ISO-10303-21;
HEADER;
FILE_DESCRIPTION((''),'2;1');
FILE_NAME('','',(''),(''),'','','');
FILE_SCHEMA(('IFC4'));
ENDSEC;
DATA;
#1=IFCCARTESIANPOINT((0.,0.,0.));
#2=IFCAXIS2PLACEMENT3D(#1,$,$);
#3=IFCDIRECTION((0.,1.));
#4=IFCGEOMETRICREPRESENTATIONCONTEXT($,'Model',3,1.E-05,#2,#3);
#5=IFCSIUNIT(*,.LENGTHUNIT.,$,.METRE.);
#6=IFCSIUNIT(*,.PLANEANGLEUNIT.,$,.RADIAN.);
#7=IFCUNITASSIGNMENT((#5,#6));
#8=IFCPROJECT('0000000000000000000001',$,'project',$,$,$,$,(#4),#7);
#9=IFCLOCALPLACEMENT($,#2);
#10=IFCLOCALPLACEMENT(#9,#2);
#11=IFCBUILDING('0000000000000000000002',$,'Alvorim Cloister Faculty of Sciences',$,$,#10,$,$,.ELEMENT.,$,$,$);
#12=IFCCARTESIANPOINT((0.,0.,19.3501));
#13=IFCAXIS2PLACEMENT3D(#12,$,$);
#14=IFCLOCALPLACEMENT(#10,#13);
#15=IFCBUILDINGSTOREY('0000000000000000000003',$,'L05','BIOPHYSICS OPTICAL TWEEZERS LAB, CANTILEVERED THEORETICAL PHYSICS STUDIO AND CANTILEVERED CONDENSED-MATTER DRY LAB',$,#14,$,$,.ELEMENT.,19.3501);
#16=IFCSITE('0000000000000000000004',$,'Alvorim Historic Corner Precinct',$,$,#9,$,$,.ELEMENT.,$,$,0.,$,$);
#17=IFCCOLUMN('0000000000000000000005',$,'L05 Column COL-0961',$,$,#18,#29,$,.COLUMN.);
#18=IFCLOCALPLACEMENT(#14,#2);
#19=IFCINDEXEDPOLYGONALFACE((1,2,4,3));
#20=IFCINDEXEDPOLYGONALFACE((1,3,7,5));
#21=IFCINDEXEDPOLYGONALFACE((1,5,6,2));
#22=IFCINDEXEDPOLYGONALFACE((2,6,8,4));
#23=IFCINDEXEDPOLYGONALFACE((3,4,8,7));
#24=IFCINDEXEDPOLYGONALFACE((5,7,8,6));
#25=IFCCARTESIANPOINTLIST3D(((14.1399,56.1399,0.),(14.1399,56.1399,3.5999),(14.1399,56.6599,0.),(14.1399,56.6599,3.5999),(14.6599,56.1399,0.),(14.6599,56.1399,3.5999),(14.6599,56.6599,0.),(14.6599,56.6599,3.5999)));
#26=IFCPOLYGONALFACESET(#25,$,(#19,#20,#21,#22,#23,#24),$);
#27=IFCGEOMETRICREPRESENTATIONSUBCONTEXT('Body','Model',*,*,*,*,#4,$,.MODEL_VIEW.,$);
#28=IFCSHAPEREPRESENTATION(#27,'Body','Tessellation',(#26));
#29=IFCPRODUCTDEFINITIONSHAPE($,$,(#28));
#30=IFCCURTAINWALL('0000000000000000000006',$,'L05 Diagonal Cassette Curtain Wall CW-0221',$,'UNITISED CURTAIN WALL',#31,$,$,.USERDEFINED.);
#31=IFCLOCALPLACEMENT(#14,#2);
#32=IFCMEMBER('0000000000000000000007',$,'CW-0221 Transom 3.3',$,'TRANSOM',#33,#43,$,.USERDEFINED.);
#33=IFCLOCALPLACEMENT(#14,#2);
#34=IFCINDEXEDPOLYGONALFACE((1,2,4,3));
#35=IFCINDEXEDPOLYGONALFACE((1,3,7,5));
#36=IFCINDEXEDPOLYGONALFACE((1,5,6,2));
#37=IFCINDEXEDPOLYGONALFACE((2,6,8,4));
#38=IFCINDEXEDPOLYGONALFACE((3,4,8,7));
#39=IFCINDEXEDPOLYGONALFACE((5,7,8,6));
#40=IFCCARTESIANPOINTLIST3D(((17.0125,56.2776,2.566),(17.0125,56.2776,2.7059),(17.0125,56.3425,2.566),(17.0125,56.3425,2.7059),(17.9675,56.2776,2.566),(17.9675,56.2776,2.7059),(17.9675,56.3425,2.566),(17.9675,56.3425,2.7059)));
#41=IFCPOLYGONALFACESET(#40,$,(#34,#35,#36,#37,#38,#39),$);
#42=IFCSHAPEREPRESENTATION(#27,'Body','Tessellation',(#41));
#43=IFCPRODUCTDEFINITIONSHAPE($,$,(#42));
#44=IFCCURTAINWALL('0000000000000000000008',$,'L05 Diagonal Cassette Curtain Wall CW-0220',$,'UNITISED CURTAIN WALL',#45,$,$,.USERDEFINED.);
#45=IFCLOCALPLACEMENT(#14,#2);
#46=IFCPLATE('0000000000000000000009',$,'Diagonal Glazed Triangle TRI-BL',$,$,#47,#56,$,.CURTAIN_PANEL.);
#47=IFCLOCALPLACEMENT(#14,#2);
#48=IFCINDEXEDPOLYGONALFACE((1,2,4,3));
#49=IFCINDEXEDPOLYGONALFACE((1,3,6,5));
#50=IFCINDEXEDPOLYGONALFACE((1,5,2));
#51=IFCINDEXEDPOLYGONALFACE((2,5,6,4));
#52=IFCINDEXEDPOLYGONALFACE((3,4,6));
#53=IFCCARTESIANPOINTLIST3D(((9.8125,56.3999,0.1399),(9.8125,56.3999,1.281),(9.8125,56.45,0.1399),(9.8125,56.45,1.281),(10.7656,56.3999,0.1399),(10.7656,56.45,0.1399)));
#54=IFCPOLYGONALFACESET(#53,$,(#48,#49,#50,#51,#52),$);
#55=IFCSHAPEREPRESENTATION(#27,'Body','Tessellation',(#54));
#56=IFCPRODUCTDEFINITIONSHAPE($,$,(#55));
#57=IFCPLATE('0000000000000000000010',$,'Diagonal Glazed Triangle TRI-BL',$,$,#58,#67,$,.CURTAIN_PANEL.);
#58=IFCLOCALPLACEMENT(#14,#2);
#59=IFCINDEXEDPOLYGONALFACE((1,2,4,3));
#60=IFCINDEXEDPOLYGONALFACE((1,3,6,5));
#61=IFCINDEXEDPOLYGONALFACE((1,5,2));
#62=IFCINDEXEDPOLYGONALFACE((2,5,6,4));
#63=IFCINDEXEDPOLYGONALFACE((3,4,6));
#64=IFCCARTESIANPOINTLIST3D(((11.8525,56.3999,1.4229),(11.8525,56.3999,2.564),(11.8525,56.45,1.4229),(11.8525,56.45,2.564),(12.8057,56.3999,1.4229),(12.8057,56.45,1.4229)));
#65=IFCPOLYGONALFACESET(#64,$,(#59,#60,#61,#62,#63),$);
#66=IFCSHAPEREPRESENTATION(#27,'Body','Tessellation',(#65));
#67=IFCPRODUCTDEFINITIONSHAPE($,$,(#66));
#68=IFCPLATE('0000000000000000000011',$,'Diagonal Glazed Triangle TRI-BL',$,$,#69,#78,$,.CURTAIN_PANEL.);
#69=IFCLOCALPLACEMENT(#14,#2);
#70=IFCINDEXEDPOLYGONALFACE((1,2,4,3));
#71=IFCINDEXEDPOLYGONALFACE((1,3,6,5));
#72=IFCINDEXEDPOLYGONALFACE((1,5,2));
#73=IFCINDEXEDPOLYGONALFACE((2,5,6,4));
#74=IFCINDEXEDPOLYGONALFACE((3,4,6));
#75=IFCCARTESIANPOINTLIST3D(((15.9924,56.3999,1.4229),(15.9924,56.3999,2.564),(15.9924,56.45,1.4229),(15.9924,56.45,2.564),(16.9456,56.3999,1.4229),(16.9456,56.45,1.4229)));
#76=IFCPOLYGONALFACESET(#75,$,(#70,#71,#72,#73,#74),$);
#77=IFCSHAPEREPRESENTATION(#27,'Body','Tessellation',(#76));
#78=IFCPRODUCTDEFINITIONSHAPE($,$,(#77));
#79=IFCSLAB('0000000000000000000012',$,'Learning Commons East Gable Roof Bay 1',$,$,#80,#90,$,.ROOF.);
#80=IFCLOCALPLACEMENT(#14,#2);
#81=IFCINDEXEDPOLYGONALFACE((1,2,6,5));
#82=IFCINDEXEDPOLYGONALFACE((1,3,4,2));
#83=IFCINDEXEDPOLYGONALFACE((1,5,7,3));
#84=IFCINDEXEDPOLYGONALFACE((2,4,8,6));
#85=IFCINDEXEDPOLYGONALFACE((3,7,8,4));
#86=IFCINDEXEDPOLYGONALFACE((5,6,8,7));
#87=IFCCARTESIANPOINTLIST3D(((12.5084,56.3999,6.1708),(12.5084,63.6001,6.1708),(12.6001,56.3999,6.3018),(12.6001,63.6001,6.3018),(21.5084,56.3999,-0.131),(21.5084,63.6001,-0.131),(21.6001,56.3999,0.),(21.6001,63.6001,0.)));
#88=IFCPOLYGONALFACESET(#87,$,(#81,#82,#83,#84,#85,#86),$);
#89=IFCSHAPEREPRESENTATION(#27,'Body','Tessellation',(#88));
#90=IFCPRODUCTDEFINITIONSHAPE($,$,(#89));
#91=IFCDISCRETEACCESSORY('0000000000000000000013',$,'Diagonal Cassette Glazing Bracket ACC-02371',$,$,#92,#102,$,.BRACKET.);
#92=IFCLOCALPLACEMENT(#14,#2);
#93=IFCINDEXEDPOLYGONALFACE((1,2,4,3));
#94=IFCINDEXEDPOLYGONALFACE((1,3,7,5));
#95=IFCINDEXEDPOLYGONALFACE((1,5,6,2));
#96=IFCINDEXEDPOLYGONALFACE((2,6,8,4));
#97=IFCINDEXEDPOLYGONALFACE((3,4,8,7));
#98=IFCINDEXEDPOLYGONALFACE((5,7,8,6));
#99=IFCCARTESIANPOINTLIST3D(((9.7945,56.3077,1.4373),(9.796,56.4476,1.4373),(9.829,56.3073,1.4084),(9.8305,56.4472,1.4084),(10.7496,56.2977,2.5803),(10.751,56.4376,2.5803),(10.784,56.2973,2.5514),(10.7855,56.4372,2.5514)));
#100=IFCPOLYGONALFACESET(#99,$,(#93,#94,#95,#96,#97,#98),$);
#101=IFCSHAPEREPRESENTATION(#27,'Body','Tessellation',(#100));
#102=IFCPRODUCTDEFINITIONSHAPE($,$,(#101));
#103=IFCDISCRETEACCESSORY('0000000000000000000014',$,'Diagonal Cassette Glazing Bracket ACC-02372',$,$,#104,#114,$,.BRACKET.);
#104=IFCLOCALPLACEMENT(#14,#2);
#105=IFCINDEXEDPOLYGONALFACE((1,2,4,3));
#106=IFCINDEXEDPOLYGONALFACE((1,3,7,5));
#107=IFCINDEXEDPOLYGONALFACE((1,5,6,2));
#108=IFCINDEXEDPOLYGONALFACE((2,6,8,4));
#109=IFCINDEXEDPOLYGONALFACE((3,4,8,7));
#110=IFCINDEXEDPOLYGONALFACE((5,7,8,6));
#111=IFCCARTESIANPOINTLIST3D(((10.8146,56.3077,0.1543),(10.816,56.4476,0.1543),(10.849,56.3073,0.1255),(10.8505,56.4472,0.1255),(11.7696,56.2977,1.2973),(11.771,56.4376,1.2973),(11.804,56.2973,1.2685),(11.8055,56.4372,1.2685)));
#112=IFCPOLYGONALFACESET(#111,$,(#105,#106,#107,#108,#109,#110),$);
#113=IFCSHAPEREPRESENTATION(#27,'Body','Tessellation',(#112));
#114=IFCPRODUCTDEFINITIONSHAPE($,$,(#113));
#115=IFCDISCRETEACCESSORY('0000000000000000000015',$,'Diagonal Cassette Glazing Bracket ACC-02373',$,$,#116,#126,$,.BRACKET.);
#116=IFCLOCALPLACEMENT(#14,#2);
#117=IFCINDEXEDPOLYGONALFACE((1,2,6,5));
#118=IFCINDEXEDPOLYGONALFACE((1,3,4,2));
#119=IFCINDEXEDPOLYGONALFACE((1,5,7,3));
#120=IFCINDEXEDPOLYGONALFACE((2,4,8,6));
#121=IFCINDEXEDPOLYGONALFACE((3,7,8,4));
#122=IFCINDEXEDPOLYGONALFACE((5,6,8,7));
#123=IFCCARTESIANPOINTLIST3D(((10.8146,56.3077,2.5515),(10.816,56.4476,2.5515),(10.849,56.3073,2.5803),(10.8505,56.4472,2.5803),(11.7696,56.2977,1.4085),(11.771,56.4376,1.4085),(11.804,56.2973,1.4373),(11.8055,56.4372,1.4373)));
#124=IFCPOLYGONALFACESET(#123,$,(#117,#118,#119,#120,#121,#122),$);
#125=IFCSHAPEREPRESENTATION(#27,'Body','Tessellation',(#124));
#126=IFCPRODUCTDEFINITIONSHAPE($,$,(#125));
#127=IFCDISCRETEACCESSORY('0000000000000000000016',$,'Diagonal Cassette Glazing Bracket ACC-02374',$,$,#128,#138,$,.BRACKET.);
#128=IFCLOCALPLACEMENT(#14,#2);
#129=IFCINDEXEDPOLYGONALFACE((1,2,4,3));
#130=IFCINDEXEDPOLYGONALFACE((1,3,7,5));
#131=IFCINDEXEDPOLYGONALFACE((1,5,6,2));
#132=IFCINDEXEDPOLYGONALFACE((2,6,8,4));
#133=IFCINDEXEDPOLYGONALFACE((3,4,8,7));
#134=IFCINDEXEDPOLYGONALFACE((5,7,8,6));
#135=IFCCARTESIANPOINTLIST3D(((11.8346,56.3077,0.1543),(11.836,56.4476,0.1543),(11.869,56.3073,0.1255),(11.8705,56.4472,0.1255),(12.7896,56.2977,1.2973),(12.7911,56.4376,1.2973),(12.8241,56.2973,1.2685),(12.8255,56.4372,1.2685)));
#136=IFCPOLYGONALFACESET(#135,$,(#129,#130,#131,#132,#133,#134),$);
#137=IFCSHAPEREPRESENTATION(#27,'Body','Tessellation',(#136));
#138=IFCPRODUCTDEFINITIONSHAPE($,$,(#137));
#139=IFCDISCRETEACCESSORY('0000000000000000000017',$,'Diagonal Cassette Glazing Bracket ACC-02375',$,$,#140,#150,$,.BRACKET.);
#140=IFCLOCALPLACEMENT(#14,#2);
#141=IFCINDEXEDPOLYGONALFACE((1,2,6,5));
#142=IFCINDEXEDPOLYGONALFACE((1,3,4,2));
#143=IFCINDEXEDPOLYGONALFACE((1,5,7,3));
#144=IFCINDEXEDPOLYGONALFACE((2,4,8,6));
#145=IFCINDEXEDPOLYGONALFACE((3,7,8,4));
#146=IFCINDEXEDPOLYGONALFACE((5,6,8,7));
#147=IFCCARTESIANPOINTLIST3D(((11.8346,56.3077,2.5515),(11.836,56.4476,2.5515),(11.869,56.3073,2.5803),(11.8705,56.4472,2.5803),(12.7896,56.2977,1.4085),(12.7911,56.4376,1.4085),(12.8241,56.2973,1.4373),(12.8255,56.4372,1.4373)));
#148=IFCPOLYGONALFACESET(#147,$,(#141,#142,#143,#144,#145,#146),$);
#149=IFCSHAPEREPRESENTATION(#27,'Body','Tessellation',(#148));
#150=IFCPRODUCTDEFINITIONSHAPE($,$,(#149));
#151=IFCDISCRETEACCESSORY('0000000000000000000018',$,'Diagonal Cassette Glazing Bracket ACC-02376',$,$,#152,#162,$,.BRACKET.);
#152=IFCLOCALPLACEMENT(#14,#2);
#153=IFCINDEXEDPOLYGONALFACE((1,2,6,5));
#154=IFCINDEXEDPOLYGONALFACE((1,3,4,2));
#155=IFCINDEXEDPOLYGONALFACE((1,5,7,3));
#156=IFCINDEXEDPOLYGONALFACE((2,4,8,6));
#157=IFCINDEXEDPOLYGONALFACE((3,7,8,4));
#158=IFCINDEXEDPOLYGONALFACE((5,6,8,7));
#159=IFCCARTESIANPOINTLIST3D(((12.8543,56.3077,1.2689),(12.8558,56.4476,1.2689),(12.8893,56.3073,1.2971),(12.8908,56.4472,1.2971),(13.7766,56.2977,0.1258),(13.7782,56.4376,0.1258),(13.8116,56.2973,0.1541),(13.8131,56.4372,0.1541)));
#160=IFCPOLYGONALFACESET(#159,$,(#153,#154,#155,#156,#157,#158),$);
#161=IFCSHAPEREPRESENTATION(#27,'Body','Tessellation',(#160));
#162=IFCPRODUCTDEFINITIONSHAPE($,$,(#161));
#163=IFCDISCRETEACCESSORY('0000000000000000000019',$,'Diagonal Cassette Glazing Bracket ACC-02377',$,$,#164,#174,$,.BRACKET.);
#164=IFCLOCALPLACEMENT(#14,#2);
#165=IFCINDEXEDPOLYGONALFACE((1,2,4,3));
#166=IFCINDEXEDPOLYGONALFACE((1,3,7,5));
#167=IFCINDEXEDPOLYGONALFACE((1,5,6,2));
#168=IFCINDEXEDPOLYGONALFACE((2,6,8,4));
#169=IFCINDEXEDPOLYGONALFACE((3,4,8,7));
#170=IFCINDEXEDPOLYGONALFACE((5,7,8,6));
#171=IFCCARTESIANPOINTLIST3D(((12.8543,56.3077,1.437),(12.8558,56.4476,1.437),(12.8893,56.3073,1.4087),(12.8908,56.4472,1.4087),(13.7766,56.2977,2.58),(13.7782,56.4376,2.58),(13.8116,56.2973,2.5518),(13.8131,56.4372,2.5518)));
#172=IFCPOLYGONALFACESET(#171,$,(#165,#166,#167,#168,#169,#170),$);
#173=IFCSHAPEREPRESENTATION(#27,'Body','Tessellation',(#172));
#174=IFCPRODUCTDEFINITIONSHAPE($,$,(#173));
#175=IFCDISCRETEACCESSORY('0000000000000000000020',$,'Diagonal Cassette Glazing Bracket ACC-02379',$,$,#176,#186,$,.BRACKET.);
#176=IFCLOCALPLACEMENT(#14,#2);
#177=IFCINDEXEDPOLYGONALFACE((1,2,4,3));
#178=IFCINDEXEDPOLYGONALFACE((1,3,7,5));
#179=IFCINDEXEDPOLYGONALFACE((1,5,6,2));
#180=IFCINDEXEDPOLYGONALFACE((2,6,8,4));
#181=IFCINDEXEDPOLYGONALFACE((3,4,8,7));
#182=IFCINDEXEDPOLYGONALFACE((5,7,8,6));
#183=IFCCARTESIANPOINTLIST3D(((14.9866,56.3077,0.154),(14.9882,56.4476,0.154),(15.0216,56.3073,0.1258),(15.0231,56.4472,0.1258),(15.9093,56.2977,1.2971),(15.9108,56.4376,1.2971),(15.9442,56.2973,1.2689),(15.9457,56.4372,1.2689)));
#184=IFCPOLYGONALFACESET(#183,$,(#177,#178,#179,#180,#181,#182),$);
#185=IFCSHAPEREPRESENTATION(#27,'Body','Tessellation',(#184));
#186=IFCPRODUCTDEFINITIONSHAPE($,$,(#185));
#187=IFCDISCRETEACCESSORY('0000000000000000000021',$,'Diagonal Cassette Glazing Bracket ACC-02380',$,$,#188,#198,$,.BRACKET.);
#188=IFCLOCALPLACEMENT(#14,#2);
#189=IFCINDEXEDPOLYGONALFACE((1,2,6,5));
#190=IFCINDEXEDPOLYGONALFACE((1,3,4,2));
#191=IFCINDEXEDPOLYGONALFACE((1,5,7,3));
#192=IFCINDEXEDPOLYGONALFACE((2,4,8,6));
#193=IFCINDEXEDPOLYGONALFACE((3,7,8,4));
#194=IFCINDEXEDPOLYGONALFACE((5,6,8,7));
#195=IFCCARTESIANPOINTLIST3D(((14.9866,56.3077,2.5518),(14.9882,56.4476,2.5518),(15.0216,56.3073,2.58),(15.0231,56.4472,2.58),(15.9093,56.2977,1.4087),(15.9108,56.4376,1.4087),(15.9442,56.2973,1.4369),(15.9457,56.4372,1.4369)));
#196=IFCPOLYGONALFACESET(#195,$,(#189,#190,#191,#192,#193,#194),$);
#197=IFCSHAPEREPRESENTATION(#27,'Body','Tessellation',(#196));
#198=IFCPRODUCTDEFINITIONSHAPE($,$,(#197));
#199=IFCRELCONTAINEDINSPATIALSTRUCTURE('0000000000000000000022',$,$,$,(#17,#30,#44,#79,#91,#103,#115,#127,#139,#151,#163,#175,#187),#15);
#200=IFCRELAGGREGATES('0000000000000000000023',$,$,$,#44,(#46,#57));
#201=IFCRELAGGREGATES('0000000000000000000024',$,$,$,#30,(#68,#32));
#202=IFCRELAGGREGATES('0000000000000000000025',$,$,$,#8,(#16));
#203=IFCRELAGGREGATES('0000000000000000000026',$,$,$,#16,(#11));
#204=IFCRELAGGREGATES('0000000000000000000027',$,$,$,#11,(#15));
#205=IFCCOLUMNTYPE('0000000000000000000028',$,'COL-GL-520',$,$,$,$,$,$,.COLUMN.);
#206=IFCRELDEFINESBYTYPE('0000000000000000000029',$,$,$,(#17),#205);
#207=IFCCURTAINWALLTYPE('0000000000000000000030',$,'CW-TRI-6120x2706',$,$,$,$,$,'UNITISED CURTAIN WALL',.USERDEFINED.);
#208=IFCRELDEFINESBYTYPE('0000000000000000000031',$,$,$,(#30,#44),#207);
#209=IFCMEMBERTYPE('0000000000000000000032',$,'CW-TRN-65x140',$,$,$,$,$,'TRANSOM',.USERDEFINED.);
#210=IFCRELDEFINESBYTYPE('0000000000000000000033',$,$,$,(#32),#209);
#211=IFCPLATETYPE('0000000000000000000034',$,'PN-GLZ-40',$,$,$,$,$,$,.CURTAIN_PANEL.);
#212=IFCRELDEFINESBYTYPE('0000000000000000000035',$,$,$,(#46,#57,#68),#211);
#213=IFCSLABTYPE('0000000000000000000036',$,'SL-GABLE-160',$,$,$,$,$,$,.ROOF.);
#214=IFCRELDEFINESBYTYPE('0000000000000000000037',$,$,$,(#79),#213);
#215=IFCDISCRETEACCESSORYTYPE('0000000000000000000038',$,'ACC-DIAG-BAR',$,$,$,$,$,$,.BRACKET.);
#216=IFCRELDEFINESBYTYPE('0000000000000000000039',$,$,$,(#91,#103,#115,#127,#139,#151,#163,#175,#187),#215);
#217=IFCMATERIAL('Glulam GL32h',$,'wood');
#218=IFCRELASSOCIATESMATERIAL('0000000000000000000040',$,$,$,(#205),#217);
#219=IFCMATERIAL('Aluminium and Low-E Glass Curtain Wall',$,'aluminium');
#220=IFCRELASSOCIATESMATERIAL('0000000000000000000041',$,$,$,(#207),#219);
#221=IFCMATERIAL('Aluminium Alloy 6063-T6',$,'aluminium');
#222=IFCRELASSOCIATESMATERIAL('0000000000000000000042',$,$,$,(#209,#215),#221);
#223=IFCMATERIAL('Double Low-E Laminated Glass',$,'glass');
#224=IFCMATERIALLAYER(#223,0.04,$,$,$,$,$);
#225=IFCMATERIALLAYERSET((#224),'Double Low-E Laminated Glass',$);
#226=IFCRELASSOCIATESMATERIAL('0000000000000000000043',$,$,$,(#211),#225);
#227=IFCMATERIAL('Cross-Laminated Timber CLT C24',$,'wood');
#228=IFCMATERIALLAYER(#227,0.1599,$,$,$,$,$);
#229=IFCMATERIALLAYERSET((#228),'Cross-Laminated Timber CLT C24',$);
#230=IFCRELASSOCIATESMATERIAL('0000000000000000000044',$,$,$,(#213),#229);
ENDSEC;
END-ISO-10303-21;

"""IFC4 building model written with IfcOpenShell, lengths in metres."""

from ifc_helpers import new_model, si_unit, direction, frame, origin, origin_2d, place, context, subcontext, project, spatial, polyline, rectangle, outline, extrude, material, layer, layer_set, material_profile, profile_set, type_object, element, aggregate, save


model = new_model("IFC4")

# Units and contexts
model_context = context("Model", 3, precision=1e-05, world=origin(), true_north=direction((0.0, 1.0)))
body_context = subcontext(model_context, "Body", "Model", "MODEL_VIEW")
ifc_project = project(units=[si_unit("LENGTHUNIT", "METRE"), si_unit("PLANEANGLEUNIT", "RADIAN")], contexts=[model_context])

# Site, building, storey
site_placement = place(None, origin())
site = spatial("IfcSite", under=ifc_project, at=site_placement, Name="Alvorim Historic Corner Precinct", CompositionType="ELEMENT", RefElevation=0.0)
building_placement = place(site_placement, origin())
building = spatial("IfcBuilding", under=site, at=building_placement, Name="Alvorim Cloister Faculty of Sciences", CompositionType="ELEMENT")
storey_placement = place(building_placement, frame((0.0, 0.0, 19.3501)))
storey = spatial("IfcBuildingStorey", under=building, at=storey_placement, Name="L05", Description="BIOPHYSICS OPTICAL TWEEZERS LAB, CANTILEVERED THEORETICAL PHYSICS STUDIO AND CANTILEVERED CONDENSED-MATTER DRY LAB", CompositionType="ELEMENT", Elevation=19.3501)

# Column
ifc_material_1 = material(Name="Glulam GL32h", Category="wood")
ifc_material_profile_1 = material_profile(ifc_material_1, rectangle(XDim=0.52, YDim=0.52, at=origin_2d()), Name="GL32-COL-520x520")
ifc_profile_set_1 = profile_set([ifc_material_profile_1], Name="Glulam GL32h")
column_type = type_object("IfcColumnType", Name="COL-GL-520", PredefinedType="COLUMN", material=ifc_profile_set_1)
column_placement = place(storey_placement, frame((14.3999, 56.3999, 0.0), z_axis=(0.0, 0.0, 1.0), x_axis=(1.0, 0.0, 0.0)))
element("IfcColumn", 1, at=column_placement, inside=storey, type_object=column_type, Name="L05 Column COL-0961", PredefinedType="COLUMN", context=body_context, shape_type="SweptSolid", body=[
    extrude(rectangle(XDim=0.52, YDim=0.52, at=origin_2d()), origin(), (0.0, 0.0, 1.0), 3.5999),
])

# Curtain wall, member
ifc_material_2 = material(Name="Aluminium and Low-E Glass Curtain Wall", Category="aluminium")
curtain_wall_type = type_object("IfcCurtainWallType", Name="CW-TRI-6120x2706", ElementType="UNITISED CURTAIN WALL", PredefinedType="USERDEFINED", material=ifc_material_2)
curtain_wall_1_placement = place(storey_placement, origin())
curtain_wall_1 = element("IfcCurtainWall", 2, at=curtain_wall_1_placement, inside=storey, type_object=curtain_wall_type, Name="L05 Diagonal Cassette Curtain Wall CW-0221", ObjectType="UNITISED CURTAIN WALL", PredefinedType="USERDEFINED")
ifc_material_3 = material(Name="Aluminium Alloy 6063-T6", Category="aluminium")
ifc_material_profile_2 = material_profile(ifc_material_3, rectangle(XDim=0.0649, YDim=0.1399, at=origin_2d()), Name="ALU-TRN-65x140")
ifc_profile_set_2 = profile_set([ifc_material_profile_2], Name="Aluminium Alloy 6063-T6")
member_type = type_object("IfcMemberType", Name="CW-TRN-65x140", ElementType="TRANSOM", PredefinedType="USERDEFINED", material=ifc_profile_set_2)
member_placement = place(storey_placement, frame((17.0125, 56.3101, 2.636), z_axis=(1.0, 0.0, 0.0), x_axis=(0.0, 1.0, 0.0)))
member = element("IfcMember", 3, at=member_placement, type_object=member_type, Name="CW-0221 Transom 3.3", ObjectType="TRANSOM", PredefinedType="USERDEFINED", context=body_context, shape_type="SweptSolid", body=[
    extrude(rectangle(XDim=0.0649, YDim=0.1399, at=origin_2d()), origin(), (0.0, 0.0, 1.0), 0.9551),
])

# Curtain wall, plates
curtain_wall_2_placement = place(storey_placement, origin())
curtain_wall_2 = element("IfcCurtainWall", 4, at=curtain_wall_2_placement, inside=storey, type_object=curtain_wall_type, Name="L05 Diagonal Cassette Curtain Wall CW-0220", ObjectType="UNITISED CURTAIN WALL", PredefinedType="USERDEFINED")
ifc_material_4 = material(Name="Double Low-E Laminated Glass", Category="glass")
ifc_layer_1 = layer(ifc_material_4, 0.04)
ifc_layer_set_1 = layer_set([ifc_layer_1], Name="Double Low-E Laminated Glass")
plate_type = type_object("IfcPlateType", Name="PN-GLZ-40", PredefinedType="CURTAIN_PANEL", material=ifc_layer_set_1)
plate_1_placement = place(storey_placement, frame((9.8125, 56.425, 0.1399), z_axis=(0.0, 0.0, 1.0), x_axis=(1.0, 0.0, 0.0)))
plate_1 = element("IfcPlate", 5, at=plate_1_placement, type_object=plate_type, Name="Diagonal Glazed Triangle TRI-BL", PredefinedType="CURTAIN_PANEL", context=body_context, shape_type="SweptSolid", body=[
    extrude(outline(polyline([(0.0, 0.0), (0.9531, 0.0), (0.0, 1.1411), (0.0, 0.0)])), frame((0.0, 0.0249, 0.0), z_axis=(0.0, -1.0, 0.0), x_axis=(1.0, 0.0, 0.0)), (0.0, 0.0, 1.0), 0.05),
])
plate_2_placement = place(storey_placement, frame((11.8525, 56.425, 1.4229), z_axis=(0.0, 0.0, 1.0), x_axis=(1.0, 0.0, 0.0)))
plate_2 = element("IfcPlate", 6, at=plate_2_placement, type_object=plate_type, Name="Diagonal Glazed Triangle TRI-BL", PredefinedType="CURTAIN_PANEL", context=body_context, shape_type="SweptSolid", body=[
    extrude(outline(polyline([(0.0, 0.0), (0.9531, 0.0), (0.0, 1.1411), (0.0, 0.0)])), frame((0.0, 0.0249, 0.0), z_axis=(0.0, -1.0, 0.0), x_axis=(1.0, 0.0, 0.0)), (0.0, 0.0, 1.0), 0.05),
])
aggregate(curtain_wall_2, [plate_1, plate_2])

# Plate
plate_3_placement = place(storey_placement, frame((15.9924, 56.425, 1.4229), z_axis=(0.0, 0.0, 1.0), x_axis=(1.0, 0.0, 0.0)))
plate_3 = element("IfcPlate", 7, at=plate_3_placement, type_object=plate_type, Name="Diagonal Glazed Triangle TRI-BL", PredefinedType="CURTAIN_PANEL", context=body_context, shape_type="SweptSolid", body=[
    extrude(outline(polyline([(0.0, 0.0), (0.9531, 0.0), (0.0, 1.1411), (0.0, 0.0)])), frame((0.0, 0.0249, 0.0), z_axis=(0.0, -1.0, 0.0), x_axis=(1.0, 0.0, 0.0)), (0.0, 0.0, 1.0), 0.05),
])
aggregate(curtain_wall_1, [plate_3, member])

# Slab
ifc_material_5 = material(Name="Cross-Laminated Timber CLT C24", Category="wood")
ifc_layer_2 = layer(ifc_material_5, 0.1599)
ifc_layer_set_2 = layer_set([ifc_layer_2], Name="Cross-Laminated Timber CLT C24")
slab_type = type_object("IfcSlabType", Name="SL-GABLE-160", PredefinedType="ROOF", material=ifc_layer_set_2)
slab_placement = place(storey_placement, frame((12.6001, 56.3999, 6.3018), z_axis=(0.57357, 0.0, 0.819157), x_axis=(0.819157, 0.0, -0.57357)))
element("IfcSlab", 8, at=slab_placement, inside=storey, type_object=slab_type, Name="Learning Commons East Gable Roof Bay 1", PredefinedType="ROOF", context=body_context, shape_type="SweptSolid", body=[
    extrude(outline(polyline([(0.0, 0.0), (10.9869, 0.0), (10.9869, 7.2002), (0.0, 7.2002), (0.0, 0.0)])), origin(), (0.0, 0.0, -1.0), 0.1599),
])

# Discrete accessories
discrete_accessory_type = type_object("IfcDiscreteAccessoryType", Name="ACC-DIAG-BAR", PredefinedType="BRACKET", material=ifc_material_3)
for number, where, z_axis, x_axis, name in (
    (9, (9.8125, 56.3774, 1.4229), (0.641169, -0.00672, 0.76737), (0.01048, 0.999945, 0.0), "Diagonal Cassette Glazing Bracket ACC-02371"),
    (10, (10.8325, 56.3774, 0.1399), (0.641169, -0.00672, 0.76737), (0.01048, 0.999945, 0.0), "Diagonal Cassette Glazing Bracket ACC-02372"),
    (11, (10.8325, 56.3774, 2.5659), (0.641169, -0.00672, -0.76737), (0.01048, 0.999945, 0.0), "Diagonal Cassette Glazing Bracket ACC-02373"),
    (12, (11.8525, 56.3774, 0.1399), (0.641169, -0.00672, 0.76737), (0.01048, 0.999945, 0.0), "Diagonal Cassette Glazing Bracket ACC-02374"),
    (13, (11.8525, 56.3774, 2.5659), (0.641169, -0.00672, -0.76737), (0.01048, 0.999945, 0.0), "Diagonal Cassette Glazing Bracket ACC-02375"),
):
    element("IfcDiscreteAccessory", number, at=place(storey_placement, frame(where, z_axis=z_axis, x_axis=x_axis)), inside=storey, type_object=discrete_accessory_type, Name=name, PredefinedType="BRACKET", context=body_context, shape_type="SweptSolid", body=[
        extrude(rectangle(XDim=0.1399, YDim=0.0449, at=origin_2d()), origin(), (0.0, 0.0, 1.0), 1.4895),
    ])
for number, where, z_axis, x_axis, name in (
    (14, (12.8726, 56.3774, 1.283), (0.627959, -0.006815, -0.778217), (0.010852, 0.999941, 0.0), "Diagonal Cassette Glazing Bracket ACC-02376"),
    (15, (12.8726, 56.3774, 1.4229), (0.627959, -0.006815, 0.778217), (0.010852, 0.999941, 0.0), "Diagonal Cassette Glazing Bracket ACC-02377"),
):
    element("IfcDiscreteAccessory", number, at=place(storey_placement, frame(where, z_axis=z_axis, x_axis=x_axis)), inside=storey, type_object=discrete_accessory_type, Name=name, PredefinedType="BRACKET", context=body_context, shape_type="SweptSolid", body=[
        extrude(rectangle(XDim=0.1399, YDim=0.0449, at=origin_2d()), origin(), (0.0, 0.0, 1.0), 1.4688),
    ])
for number, where, z_axis, x_axis, name in (
    (16, (15.0049, 56.3774, 0.1399), (0.628059, -0.006814, 0.778136), (0.010849, 0.999941, 0.0), "Diagonal Cassette Glazing Bracket ACC-02379"),
    (17, (15.0049, 56.3774, 2.5659), (0.628059, -0.006814, -0.778136), (0.010849, 0.999941, 0.0), "Diagonal Cassette Glazing Bracket ACC-02380"),
):
    element("IfcDiscreteAccessory", number, at=place(storey_placement, frame(where, z_axis=z_axis, x_axis=x_axis)), inside=storey, type_object=discrete_accessory_type, Name=name, PredefinedType="BRACKET", context=body_context, shape_type="SweptSolid", body=[
        extrude(rectangle(XDim=0.1399, YDim=0.0449, at=origin_2d()), origin(), (0.0, 0.0, 1.0), 1.469),
    ])

save(model, "model.ifc")
